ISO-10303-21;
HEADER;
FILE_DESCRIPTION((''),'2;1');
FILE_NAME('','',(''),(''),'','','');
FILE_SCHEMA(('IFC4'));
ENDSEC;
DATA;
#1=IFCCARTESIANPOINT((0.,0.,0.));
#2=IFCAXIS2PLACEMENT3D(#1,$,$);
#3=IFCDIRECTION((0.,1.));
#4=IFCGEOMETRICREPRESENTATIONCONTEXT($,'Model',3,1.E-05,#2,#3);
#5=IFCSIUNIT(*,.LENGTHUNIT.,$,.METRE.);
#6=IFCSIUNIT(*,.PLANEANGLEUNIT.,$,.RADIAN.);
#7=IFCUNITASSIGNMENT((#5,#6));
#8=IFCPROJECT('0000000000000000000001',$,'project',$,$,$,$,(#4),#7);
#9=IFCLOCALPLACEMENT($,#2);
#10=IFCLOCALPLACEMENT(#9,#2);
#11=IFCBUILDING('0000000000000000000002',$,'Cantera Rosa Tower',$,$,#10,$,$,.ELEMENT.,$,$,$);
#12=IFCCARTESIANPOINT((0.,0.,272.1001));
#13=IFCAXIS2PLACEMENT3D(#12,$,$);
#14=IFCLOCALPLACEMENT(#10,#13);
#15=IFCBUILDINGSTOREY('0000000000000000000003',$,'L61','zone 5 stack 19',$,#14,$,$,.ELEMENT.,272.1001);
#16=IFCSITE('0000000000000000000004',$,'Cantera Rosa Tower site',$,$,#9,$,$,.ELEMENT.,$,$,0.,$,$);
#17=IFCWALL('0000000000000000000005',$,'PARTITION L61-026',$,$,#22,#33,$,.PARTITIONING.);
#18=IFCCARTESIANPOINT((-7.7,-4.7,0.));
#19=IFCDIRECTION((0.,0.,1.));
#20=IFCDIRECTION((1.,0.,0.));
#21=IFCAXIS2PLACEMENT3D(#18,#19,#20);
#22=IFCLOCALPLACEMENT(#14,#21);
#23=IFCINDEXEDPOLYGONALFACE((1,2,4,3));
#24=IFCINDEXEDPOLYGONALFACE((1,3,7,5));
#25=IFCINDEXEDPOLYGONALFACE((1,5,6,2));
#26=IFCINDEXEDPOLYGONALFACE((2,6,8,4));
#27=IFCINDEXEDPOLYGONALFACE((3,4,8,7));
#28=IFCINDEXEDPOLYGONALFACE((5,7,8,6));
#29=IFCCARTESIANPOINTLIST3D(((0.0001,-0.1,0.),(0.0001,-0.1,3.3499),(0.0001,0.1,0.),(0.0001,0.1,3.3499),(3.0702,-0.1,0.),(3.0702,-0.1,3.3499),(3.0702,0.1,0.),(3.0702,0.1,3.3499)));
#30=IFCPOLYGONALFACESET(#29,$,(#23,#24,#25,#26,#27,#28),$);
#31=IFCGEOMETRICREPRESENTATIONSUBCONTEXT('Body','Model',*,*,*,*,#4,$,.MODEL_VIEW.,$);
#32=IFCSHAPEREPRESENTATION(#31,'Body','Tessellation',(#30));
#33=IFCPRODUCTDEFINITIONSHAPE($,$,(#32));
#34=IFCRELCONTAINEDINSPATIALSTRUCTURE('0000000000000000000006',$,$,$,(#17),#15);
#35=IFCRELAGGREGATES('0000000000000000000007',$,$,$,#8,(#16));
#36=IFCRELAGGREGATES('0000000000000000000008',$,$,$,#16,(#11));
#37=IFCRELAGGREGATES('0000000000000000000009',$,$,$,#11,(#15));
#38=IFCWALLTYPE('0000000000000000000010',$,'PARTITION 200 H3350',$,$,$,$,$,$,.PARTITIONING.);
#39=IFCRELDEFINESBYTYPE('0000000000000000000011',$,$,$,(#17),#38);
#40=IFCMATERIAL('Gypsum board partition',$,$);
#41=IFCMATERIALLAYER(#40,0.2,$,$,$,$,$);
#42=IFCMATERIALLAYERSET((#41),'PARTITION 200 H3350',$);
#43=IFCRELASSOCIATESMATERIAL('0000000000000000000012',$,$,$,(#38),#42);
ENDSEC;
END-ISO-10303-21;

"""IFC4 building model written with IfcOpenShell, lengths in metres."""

from ifc_helpers import new_model, si_unit, direction, frame, frame_2d, origin, place, context, subcontext, project, spatial, rectangle, extrude, material, layer, layer_set, type_object, element, save


model = new_model("IFC4")

# Units and contexts
model_context = context("Model", 3, precision=1e-05, world=origin(), true_north=direction((0.0, 1.0)))
body_context = subcontext(model_context, "Body", "Model", "MODEL_VIEW")
ifc_project = project(units=[si_unit("LENGTHUNIT", "METRE"), si_unit("PLANEANGLEUNIT", "RADIAN")], contexts=[model_context])

# Site, building, storey
site_placement = place(None, origin())
site = spatial("IfcSite", under=ifc_project, at=site_placement, Name="Cantera Rosa Tower site", CompositionType="ELEMENT", RefElevation=0.0)
building_placement = place(site_placement, origin())
building = spatial("IfcBuilding", under=site, at=building_placement, Name="Cantera Rosa Tower", CompositionType="ELEMENT")
storey_placement = place(building_placement, frame((0.0, 0.0, 272.1001)))
storey = spatial("IfcBuildingStorey", under=building, at=storey_placement, Name="L61", Description="zone 5 stack 19", CompositionType="ELEMENT", Elevation=272.1001)

# Wall
ifc_material_1 = material(Name="Gypsum board partition")
ifc_layer_1 = layer(ifc_material_1, 0.2)
ifc_layer_set_1 = layer_set([ifc_layer_1], Name="PARTITION 200 H3350")
wall_type_1 = type_object("IfcWallType", Name="PARTITION 200 H3350", PredefinedType="PARTITIONING", material=ifc_layer_set_1)
wall_1_placement = place(storey_placement, frame((-7.7, -4.7, 0.0), z_axis=(0.0, 0.0, 1.0), x_axis=(1.0, 0.0, 0.0)))
element("IfcWall", 1, at=wall_1_placement, inside=storey, type_object=wall_type_1, Name="PARTITION L61-026", PredefinedType="PARTITIONING", context=body_context, shape_type="SweptSolid", body=[
    extrude(rectangle(XDim=3.0701, YDim=0.2, at=frame_2d((1.5352, 0.0))), origin(), (0.0, 0.0, 1.0), 3.3499),
])

save(model, "model.ifc")
